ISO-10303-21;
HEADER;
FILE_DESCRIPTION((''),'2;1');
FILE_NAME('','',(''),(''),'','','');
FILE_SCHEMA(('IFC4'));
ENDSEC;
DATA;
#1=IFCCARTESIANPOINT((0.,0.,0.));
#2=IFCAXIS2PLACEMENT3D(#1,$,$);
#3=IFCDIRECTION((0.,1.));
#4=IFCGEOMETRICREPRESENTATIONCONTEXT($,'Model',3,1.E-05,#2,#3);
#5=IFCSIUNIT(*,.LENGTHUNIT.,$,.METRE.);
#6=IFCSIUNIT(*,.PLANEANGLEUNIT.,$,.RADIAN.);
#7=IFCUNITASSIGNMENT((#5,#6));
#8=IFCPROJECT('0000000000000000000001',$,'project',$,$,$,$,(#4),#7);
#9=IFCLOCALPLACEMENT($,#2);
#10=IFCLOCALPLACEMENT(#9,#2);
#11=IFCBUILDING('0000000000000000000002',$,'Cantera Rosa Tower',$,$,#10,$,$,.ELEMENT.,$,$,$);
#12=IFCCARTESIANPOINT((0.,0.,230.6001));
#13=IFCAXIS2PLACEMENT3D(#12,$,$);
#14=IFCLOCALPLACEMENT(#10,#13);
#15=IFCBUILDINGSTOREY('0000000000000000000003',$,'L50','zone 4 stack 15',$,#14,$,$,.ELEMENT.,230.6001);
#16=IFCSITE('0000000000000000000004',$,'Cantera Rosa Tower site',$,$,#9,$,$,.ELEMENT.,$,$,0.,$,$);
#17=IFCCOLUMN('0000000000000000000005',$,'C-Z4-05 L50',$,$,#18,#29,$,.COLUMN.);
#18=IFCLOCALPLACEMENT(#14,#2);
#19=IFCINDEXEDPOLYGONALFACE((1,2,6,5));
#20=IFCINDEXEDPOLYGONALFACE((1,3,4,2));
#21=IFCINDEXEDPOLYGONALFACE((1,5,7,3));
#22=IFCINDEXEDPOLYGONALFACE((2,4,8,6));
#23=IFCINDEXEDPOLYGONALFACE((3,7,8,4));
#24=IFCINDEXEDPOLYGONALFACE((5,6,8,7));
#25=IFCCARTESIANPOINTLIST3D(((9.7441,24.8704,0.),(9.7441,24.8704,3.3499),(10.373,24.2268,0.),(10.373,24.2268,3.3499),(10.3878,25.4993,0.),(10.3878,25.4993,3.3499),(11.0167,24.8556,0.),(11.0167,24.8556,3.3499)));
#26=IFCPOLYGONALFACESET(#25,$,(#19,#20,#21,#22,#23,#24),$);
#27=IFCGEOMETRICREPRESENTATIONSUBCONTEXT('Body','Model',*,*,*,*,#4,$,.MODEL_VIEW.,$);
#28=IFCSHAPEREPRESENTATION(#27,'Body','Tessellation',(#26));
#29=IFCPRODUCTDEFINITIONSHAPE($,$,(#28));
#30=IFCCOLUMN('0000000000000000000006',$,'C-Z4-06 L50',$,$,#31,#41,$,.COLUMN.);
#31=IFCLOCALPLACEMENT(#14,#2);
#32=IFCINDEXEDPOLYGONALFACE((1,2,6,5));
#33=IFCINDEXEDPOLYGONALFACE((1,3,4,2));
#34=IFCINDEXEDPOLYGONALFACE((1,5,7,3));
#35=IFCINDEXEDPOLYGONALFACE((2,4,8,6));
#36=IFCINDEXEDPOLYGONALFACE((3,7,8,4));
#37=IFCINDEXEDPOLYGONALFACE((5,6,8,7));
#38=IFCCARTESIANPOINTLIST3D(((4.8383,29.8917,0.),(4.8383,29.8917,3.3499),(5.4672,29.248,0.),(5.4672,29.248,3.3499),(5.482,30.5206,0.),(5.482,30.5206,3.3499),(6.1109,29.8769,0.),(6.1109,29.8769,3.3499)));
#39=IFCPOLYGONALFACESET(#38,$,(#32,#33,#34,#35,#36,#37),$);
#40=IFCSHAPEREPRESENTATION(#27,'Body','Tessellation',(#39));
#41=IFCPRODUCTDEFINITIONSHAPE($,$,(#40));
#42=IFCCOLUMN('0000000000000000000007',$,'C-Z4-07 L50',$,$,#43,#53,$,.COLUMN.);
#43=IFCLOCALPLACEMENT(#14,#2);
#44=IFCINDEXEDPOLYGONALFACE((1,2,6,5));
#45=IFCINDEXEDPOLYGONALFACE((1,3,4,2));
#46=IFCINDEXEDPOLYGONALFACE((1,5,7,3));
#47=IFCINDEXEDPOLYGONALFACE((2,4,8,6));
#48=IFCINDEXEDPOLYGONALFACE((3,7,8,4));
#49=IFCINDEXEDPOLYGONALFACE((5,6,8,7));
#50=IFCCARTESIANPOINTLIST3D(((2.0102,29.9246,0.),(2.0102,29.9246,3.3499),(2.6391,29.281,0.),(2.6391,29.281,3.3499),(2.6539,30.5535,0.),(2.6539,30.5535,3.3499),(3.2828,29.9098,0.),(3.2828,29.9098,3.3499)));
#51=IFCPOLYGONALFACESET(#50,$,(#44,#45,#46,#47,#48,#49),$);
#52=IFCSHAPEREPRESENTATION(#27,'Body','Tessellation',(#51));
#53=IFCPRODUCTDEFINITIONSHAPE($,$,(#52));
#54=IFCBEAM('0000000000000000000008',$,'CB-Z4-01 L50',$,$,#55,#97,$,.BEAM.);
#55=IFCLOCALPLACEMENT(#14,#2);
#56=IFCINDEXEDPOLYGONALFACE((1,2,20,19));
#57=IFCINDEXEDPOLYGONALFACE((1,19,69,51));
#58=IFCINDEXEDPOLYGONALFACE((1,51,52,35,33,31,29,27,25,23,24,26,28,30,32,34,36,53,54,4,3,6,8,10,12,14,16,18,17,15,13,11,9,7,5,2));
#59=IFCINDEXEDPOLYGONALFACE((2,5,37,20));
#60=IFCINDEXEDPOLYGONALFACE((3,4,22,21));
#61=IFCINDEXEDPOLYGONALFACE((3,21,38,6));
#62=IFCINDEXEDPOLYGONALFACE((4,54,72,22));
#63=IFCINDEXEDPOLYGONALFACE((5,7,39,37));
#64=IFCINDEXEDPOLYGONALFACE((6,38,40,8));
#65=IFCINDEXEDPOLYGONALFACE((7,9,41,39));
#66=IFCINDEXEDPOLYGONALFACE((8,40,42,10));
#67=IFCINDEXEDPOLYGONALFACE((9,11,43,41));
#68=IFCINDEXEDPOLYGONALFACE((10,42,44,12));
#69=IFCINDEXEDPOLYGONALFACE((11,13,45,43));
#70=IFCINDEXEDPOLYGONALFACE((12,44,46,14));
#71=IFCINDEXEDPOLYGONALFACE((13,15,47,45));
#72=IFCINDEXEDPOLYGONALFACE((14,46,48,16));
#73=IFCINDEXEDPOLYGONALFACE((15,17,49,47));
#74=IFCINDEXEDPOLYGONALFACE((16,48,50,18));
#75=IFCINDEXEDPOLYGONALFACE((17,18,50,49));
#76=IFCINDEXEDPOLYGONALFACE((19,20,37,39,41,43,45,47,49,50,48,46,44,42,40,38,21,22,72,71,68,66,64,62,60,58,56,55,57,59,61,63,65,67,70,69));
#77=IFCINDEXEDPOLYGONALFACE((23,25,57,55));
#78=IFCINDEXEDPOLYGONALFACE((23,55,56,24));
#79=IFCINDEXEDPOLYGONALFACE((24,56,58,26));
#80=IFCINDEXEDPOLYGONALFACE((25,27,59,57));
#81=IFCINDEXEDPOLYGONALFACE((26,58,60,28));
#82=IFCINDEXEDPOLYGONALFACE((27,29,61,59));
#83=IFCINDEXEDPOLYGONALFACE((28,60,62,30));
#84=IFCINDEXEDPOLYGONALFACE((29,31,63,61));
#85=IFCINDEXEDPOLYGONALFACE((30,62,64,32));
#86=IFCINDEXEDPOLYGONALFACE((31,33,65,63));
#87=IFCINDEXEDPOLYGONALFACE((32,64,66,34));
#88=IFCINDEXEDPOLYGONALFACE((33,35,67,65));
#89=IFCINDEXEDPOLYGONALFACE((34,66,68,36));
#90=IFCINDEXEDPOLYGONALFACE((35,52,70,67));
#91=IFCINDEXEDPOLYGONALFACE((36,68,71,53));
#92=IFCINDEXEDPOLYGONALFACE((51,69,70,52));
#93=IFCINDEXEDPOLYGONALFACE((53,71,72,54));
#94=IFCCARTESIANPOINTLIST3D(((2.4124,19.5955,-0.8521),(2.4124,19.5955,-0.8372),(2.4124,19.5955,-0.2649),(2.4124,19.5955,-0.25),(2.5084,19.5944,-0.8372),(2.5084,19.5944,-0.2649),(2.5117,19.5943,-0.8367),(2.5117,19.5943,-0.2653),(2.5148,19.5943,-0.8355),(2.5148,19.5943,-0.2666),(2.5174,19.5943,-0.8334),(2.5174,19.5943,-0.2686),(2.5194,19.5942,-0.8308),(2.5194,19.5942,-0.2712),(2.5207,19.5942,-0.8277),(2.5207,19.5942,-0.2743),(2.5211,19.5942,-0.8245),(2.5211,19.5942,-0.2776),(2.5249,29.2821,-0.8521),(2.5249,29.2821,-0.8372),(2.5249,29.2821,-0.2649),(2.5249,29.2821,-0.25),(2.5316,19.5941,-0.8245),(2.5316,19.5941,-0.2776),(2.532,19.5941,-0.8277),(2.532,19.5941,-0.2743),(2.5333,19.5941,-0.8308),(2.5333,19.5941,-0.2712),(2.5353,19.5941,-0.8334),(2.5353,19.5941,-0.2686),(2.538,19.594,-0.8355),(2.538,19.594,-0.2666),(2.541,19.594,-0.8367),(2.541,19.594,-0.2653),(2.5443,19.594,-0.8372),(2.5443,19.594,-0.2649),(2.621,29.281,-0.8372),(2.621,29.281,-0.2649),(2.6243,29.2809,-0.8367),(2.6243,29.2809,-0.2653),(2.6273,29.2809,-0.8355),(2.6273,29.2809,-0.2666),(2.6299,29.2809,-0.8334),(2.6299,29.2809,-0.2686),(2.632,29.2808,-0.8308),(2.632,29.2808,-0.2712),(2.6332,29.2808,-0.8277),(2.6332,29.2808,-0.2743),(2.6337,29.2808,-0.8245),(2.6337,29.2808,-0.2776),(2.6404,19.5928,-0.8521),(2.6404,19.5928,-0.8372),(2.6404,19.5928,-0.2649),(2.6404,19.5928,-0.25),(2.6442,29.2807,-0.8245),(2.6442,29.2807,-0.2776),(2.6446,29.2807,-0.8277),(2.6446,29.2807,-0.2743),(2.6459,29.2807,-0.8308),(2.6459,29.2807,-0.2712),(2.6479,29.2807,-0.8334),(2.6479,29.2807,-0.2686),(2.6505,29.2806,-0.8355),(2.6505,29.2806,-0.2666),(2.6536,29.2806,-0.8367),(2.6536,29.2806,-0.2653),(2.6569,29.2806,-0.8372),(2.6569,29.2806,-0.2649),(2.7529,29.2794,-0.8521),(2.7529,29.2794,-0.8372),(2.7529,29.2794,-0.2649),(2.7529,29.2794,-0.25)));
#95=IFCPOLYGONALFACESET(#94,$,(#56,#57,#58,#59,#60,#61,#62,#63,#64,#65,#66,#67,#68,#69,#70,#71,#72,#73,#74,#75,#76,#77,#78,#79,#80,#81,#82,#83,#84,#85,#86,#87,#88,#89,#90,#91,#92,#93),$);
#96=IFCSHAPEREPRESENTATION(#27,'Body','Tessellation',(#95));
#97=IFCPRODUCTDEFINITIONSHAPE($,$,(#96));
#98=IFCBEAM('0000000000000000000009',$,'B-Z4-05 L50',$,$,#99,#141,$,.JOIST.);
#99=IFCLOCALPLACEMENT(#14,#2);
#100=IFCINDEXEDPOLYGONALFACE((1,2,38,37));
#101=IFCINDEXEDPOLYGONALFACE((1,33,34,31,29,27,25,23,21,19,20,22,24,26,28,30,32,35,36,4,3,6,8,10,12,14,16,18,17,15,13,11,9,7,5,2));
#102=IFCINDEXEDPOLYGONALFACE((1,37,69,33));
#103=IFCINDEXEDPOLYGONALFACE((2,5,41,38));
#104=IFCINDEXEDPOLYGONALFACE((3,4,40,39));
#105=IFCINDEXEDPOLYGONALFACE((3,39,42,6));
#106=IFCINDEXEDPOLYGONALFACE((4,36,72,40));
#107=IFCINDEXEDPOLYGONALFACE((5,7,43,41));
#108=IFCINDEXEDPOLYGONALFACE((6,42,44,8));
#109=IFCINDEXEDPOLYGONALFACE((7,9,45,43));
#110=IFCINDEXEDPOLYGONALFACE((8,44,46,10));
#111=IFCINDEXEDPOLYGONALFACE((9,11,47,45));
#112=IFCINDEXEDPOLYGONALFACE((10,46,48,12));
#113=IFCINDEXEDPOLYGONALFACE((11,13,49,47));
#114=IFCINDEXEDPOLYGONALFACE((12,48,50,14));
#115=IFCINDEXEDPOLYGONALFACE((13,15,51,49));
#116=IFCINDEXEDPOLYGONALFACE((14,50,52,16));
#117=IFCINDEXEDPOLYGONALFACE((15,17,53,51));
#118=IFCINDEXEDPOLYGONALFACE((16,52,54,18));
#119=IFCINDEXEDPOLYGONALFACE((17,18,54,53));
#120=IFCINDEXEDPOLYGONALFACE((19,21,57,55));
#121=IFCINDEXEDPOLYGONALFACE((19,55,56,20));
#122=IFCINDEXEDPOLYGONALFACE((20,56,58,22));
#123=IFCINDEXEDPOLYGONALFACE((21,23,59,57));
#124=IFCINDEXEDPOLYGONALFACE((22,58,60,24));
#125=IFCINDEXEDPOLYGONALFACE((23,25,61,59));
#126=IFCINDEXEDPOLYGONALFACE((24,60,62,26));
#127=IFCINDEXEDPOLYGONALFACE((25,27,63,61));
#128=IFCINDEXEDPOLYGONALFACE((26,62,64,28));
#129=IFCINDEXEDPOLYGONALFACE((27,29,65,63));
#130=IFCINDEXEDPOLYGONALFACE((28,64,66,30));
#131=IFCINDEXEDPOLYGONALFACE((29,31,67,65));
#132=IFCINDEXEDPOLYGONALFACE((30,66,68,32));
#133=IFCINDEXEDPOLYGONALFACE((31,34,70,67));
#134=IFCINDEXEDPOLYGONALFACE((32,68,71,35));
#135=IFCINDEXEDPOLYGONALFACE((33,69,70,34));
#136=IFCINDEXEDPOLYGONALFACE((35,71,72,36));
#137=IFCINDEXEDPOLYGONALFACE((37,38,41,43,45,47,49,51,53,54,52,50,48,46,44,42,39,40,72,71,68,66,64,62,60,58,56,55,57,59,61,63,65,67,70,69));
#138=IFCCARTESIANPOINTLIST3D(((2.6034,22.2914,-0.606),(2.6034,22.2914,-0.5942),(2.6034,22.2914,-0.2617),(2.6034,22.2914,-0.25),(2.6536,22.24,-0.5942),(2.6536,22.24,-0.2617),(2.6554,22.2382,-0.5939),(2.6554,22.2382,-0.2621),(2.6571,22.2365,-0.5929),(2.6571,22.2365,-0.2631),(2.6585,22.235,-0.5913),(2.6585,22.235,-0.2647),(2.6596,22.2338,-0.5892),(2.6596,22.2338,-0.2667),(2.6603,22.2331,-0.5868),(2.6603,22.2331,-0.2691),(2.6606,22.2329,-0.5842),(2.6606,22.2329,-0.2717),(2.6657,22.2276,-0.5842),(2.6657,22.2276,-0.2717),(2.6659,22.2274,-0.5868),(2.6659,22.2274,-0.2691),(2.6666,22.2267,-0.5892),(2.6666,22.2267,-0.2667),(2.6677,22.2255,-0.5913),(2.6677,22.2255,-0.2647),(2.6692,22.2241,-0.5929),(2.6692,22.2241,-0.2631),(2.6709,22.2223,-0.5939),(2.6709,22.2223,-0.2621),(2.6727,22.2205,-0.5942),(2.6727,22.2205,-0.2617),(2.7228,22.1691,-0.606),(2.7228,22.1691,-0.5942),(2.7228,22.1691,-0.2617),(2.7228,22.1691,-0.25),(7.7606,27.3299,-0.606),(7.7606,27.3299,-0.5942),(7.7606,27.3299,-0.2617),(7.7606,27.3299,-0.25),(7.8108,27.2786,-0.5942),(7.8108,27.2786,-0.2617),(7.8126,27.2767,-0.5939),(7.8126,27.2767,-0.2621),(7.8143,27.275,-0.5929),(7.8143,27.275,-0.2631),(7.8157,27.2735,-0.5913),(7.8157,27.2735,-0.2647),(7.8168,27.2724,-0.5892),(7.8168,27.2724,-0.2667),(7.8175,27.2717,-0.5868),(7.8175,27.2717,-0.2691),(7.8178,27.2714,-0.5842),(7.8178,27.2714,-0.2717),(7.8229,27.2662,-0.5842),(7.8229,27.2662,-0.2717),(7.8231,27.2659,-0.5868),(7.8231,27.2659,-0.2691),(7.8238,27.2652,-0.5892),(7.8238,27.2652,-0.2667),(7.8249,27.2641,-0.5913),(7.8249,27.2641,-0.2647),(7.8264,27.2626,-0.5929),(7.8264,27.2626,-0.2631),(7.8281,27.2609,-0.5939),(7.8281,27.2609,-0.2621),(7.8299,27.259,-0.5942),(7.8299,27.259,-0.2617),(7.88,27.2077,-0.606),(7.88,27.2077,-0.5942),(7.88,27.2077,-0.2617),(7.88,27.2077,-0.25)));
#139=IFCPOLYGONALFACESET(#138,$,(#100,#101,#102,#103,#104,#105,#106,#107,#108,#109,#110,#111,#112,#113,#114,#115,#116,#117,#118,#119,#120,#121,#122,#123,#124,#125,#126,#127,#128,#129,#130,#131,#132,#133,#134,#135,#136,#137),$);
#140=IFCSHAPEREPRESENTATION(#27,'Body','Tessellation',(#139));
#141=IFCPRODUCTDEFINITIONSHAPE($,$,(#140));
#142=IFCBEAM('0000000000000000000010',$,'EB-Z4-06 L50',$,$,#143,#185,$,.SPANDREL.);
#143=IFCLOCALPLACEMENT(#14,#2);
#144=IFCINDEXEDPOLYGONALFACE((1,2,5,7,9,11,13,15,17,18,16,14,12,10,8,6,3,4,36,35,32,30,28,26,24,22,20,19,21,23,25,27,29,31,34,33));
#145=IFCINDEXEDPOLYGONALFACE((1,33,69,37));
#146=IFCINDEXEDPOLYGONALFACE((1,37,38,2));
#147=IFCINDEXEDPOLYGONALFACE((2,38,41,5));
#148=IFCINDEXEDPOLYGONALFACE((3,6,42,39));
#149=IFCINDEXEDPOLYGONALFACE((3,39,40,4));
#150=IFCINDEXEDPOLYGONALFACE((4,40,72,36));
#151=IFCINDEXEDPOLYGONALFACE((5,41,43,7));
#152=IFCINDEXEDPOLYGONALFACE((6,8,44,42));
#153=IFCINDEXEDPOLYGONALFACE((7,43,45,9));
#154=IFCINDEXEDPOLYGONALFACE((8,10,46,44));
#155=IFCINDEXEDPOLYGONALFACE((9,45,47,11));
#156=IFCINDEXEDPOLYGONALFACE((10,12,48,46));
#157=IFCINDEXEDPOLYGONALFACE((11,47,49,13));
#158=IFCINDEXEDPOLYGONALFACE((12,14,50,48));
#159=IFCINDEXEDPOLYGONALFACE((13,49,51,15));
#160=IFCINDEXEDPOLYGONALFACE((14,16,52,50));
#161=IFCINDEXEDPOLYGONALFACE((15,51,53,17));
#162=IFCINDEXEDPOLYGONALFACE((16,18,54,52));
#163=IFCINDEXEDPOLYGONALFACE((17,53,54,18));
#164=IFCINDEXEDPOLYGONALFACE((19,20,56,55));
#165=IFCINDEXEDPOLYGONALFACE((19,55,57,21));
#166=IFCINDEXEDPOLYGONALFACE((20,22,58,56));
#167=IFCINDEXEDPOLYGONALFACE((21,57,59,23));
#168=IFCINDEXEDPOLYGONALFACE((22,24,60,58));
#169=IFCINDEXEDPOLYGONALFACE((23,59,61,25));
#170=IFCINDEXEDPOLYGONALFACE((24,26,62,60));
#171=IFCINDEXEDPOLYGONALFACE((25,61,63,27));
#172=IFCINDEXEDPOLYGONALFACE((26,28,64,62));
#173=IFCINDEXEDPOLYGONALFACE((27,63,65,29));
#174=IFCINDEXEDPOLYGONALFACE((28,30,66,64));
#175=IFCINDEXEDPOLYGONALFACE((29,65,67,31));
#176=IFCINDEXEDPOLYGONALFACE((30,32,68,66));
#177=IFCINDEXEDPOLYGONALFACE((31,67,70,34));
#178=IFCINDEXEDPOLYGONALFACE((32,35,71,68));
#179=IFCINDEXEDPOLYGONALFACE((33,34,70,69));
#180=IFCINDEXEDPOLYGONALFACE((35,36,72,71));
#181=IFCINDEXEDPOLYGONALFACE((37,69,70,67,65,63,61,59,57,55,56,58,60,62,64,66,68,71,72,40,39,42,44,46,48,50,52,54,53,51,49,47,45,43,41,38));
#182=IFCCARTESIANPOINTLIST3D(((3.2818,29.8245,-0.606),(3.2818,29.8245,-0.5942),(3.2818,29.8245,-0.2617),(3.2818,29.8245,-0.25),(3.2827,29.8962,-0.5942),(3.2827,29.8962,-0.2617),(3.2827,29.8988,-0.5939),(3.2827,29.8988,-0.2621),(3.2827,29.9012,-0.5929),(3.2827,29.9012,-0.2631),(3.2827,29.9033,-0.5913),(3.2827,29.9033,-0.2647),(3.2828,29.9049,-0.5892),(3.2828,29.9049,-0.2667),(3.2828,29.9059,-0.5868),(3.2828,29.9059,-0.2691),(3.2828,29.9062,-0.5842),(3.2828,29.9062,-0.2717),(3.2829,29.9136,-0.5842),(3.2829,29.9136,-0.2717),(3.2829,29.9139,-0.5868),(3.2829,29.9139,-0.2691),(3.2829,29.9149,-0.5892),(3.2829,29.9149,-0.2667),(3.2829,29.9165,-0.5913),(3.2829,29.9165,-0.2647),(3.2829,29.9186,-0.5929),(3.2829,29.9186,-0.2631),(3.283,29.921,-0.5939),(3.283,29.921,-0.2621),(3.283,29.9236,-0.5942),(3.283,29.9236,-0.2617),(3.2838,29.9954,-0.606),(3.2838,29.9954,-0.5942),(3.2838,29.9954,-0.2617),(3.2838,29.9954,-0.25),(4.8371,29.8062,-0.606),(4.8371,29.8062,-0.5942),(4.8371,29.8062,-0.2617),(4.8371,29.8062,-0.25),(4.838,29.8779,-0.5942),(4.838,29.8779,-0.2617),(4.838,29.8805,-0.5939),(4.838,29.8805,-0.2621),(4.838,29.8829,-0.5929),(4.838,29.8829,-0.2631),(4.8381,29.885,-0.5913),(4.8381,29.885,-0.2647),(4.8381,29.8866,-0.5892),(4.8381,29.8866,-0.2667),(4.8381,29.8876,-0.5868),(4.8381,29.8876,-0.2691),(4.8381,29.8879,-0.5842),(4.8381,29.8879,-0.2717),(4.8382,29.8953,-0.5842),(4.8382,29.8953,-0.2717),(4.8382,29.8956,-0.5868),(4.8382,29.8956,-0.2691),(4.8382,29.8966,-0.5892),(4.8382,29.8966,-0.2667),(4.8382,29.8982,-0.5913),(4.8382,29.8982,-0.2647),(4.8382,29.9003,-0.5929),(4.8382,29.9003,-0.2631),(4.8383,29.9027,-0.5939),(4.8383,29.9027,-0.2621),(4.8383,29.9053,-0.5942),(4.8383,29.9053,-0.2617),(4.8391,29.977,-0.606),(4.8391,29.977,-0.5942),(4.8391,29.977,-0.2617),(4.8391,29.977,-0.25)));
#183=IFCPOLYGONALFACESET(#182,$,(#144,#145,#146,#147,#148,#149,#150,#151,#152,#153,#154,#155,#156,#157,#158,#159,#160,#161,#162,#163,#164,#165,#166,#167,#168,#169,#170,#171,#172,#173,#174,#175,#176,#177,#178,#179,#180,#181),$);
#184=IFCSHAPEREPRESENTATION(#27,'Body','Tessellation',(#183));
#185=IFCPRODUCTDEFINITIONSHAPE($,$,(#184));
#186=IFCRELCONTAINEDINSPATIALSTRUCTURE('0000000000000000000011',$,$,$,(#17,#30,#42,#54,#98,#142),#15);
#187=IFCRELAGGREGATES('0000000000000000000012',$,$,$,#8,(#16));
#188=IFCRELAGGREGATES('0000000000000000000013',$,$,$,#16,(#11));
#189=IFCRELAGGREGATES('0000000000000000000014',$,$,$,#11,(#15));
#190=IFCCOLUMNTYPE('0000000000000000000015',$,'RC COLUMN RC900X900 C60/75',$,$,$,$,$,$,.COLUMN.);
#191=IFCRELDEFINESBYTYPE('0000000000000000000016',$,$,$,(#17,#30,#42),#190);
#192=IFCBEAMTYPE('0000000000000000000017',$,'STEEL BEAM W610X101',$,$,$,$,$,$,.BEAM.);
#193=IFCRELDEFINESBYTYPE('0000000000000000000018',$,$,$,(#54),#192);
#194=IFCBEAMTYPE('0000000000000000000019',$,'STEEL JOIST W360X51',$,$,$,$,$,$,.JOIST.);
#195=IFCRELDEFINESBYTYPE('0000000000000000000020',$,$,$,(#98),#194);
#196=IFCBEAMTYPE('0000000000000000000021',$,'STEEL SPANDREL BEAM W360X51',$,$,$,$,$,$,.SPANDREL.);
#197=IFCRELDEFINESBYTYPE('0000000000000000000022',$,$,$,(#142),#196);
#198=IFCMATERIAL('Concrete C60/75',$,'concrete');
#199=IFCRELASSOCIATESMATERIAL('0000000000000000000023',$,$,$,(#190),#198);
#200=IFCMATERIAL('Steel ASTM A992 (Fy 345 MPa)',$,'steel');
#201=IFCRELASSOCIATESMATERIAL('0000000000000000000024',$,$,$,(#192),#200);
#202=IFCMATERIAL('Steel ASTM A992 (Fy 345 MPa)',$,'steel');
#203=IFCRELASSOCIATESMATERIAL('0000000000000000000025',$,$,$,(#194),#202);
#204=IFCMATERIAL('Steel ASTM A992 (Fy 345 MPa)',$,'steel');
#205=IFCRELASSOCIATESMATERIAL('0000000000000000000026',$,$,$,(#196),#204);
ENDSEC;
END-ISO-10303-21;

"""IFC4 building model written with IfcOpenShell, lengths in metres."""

from ifc_helpers import new_model, si_unit, direction, frame, origin, origin_2d, place, context, subcontext, project, spatial, rectangle, i_section, extrude, material, material_profile, profile_set, type_object, element, save


model = new_model("IFC4")

# Units and contexts
model_context = context("Model", 3, precision=1e-05, world=origin(), true_north=direction((0.0, 1.0)))
body_context = subcontext(model_context, "Body", "Model", "MODEL_VIEW")
ifc_project = project(units=[si_unit("LENGTHUNIT", "METRE"), si_unit("PLANEANGLEUNIT", "RADIAN")], contexts=[model_context])

# Site, building, storey
site_placement = place(None, origin())
site = spatial("IfcSite", under=ifc_project, at=site_placement, Name="Cantera Rosa Tower site", CompositionType="ELEMENT", RefElevation=0.0)
building_placement = place(site_placement, origin())
building = spatial("IfcBuilding", under=site, at=building_placement, Name="Cantera Rosa Tower", CompositionType="ELEMENT")
storey_placement = place(building_placement, frame((0.0, 0.0, 230.6001)))
storey = spatial("IfcBuildingStorey", under=building, at=storey_placement, Name="L50", Description="zone 4 stack 15", CompositionType="ELEMENT", Elevation=230.6001)

# Columns
ifc_material_1 = material(Name="Concrete C60/75", Category="concrete")
ifc_material_profile_1 = material_profile(ifc_material_1, rectangle(XDim=0.8999, YDim=0.8999, at=origin_2d()), Name="RC COLUMN RC900X900 C60/75")
ifc_profile_set_1 = profile_set([ifc_material_profile_1], Name="Concrete C60/75")
column_type = type_object("IfcColumnType", Name="RC COLUMN RC900X900 C60/75", PredefinedType="COLUMN", material=ifc_profile_set_1)
for number, where, z_axis, x_axis, name in (
    (1, (10.3804, 24.863, 0.0), (0.0, 0.0, 1.0), (0.715286, 0.698832, 0.0), "C-Z4-05 L50"),
    (2, (5.4746, 29.8843, 0.0), (0.0, 0.0, 1.0), (0.715286, 0.698832, 0.0), "C-Z4-06 L50"),
    (3, (2.6465, 29.9172, 0.0), (0.0, 0.0, 1.0), (0.715286, 0.698832, 0.0), "C-Z4-07 L50"),
):
    element("IfcColumn", number, at=place(storey_placement, frame(where, z_axis=z_axis, x_axis=x_axis)), inside=storey, type_object=column_type, Name=name, PredefinedType="COLUMN", context=body_context, shape_type="SweptSolid", body=[
        extrude(rectangle(XDim=0.8999, YDim=0.8999, at=origin_2d()), origin(), (0.0, 0.0, 1.0), 3.3499),
    ])

# Beams
ifc_material_2 = material(Name="Steel ASTM A992 (Fy 345 MPa)", Category="steel")
ifc_material_profile_2 = material_profile(ifc_material_2, i_section(OverallWidth=0.228, OverallDepth=0.6021, WebThickness=0.0105, FlangeThickness=0.0149, FilletRadius=0.0127, at=origin_2d()), Name="W610X101")
ifc_profile_set_2 = profile_set([ifc_material_profile_2], Name="Steel ASTM A992 (Fy 345 MPa)")
beam_type_1 = type_object("IfcBeamType", Name="STEEL BEAM W610X101", PredefinedType="BEAM", material=ifc_profile_set_2)
beam_1_placement = place(storey_placement, frame((2.6389, 29.2808, -0.551), z_axis=(-0.011618, -0.999933, 0.0), x_axis=(0.999933, -0.011618, 0.0)))
element("IfcBeam", 4, at=beam_1_placement, inside=storey, type_object=beam_type_1, Name="CB-Z4-01 L50", PredefinedType="BEAM", context=body_context, shape_type="SweptSolid", body=[
    extrude(i_section(OverallWidth=0.228, OverallDepth=0.6021, WebThickness=0.0105, FlangeThickness=0.0149, FilletRadius=0.0127, at=origin_2d()), origin(), (0.0, 0.0, 1.0), 9.6873),
])
ifc_material_3 = material(Name="Steel ASTM A992 (Fy 345 MPa)", Category="steel")
ifc_material_profile_3 = material_profile(ifc_material_3, i_section(OverallWidth=0.1709, OverallDepth=0.356, WebThickness=0.0073, FlangeThickness=0.0117, FilletRadius=0.01, at=origin_2d()), Name="W360X51")
ifc_profile_set_3 = profile_set([ifc_material_profile_3], Name="Steel ASTM A992 (Fy 345 MPa)")
beam_type_2 = type_object("IfcBeamType", Name="STEEL JOIST W360X51", PredefinedType="JOIST", material=ifc_profile_set_3)
beam_2_placement = place(storey_placement, frame((7.8203, 27.2688, -0.428), z_axis=(-0.715287, -0.698831, 0.0), x_axis=(0.698831, -0.715287, 0.0)))
element("IfcBeam", 5, at=beam_2_placement, inside=storey, type_object=beam_type_2, Name="B-Z4-05 L50", PredefinedType="JOIST", context=body_context, shape_type="SweptSolid", body=[
    extrude(i_section(OverallWidth=0.1709, OverallDepth=0.356, WebThickness=0.0073, FlangeThickness=0.0117, FilletRadius=0.01, at=origin_2d()), origin(), (0.0, 0.0, 1.0), 7.21),
])
ifc_material_4 = material(Name="Steel ASTM A992 (Fy 345 MPa)", Category="steel")
ifc_material_profile_4 = material_profile(ifc_material_4, i_section(OverallWidth=0.1709, OverallDepth=0.356, WebThickness=0.0073, FlangeThickness=0.0117, FilletRadius=0.01, at=origin_2d()), Name="W360X51")
ifc_profile_set_4 = profile_set([ifc_material_profile_4], Name="Steel ASTM A992 (Fy 345 MPa)")
beam_type_3 = type_object("IfcBeamType", Name="STEEL SPANDREL BEAM W360X51", PredefinedType="SPANDREL", material=ifc_profile_set_4)
for number, where, z_axis, x_axis, name in (
    (6, (4.8381, 29.8916, -0.428), (-0.999931, 0.011771, 0.0), (-0.011771, -0.999931, 0.0), "EB-Z4-06 L50"),
):
    element("IfcBeam", number, at=place(storey_placement, frame(where, z_axis=z_axis, x_axis=x_axis)), inside=storey, type_object=beam_type_3, Name=name, PredefinedType="SPANDREL", context=body_context, shape_type="SweptSolid", body=[
        extrude(i_section(OverallWidth=0.1709, OverallDepth=0.356, WebThickness=0.0073, FlangeThickness=0.0117, FilletRadius=0.01, at=origin_2d()), origin(), (0.0, 0.0, 1.0), 1.5554),
    ])

save(model, "model.ifc")
